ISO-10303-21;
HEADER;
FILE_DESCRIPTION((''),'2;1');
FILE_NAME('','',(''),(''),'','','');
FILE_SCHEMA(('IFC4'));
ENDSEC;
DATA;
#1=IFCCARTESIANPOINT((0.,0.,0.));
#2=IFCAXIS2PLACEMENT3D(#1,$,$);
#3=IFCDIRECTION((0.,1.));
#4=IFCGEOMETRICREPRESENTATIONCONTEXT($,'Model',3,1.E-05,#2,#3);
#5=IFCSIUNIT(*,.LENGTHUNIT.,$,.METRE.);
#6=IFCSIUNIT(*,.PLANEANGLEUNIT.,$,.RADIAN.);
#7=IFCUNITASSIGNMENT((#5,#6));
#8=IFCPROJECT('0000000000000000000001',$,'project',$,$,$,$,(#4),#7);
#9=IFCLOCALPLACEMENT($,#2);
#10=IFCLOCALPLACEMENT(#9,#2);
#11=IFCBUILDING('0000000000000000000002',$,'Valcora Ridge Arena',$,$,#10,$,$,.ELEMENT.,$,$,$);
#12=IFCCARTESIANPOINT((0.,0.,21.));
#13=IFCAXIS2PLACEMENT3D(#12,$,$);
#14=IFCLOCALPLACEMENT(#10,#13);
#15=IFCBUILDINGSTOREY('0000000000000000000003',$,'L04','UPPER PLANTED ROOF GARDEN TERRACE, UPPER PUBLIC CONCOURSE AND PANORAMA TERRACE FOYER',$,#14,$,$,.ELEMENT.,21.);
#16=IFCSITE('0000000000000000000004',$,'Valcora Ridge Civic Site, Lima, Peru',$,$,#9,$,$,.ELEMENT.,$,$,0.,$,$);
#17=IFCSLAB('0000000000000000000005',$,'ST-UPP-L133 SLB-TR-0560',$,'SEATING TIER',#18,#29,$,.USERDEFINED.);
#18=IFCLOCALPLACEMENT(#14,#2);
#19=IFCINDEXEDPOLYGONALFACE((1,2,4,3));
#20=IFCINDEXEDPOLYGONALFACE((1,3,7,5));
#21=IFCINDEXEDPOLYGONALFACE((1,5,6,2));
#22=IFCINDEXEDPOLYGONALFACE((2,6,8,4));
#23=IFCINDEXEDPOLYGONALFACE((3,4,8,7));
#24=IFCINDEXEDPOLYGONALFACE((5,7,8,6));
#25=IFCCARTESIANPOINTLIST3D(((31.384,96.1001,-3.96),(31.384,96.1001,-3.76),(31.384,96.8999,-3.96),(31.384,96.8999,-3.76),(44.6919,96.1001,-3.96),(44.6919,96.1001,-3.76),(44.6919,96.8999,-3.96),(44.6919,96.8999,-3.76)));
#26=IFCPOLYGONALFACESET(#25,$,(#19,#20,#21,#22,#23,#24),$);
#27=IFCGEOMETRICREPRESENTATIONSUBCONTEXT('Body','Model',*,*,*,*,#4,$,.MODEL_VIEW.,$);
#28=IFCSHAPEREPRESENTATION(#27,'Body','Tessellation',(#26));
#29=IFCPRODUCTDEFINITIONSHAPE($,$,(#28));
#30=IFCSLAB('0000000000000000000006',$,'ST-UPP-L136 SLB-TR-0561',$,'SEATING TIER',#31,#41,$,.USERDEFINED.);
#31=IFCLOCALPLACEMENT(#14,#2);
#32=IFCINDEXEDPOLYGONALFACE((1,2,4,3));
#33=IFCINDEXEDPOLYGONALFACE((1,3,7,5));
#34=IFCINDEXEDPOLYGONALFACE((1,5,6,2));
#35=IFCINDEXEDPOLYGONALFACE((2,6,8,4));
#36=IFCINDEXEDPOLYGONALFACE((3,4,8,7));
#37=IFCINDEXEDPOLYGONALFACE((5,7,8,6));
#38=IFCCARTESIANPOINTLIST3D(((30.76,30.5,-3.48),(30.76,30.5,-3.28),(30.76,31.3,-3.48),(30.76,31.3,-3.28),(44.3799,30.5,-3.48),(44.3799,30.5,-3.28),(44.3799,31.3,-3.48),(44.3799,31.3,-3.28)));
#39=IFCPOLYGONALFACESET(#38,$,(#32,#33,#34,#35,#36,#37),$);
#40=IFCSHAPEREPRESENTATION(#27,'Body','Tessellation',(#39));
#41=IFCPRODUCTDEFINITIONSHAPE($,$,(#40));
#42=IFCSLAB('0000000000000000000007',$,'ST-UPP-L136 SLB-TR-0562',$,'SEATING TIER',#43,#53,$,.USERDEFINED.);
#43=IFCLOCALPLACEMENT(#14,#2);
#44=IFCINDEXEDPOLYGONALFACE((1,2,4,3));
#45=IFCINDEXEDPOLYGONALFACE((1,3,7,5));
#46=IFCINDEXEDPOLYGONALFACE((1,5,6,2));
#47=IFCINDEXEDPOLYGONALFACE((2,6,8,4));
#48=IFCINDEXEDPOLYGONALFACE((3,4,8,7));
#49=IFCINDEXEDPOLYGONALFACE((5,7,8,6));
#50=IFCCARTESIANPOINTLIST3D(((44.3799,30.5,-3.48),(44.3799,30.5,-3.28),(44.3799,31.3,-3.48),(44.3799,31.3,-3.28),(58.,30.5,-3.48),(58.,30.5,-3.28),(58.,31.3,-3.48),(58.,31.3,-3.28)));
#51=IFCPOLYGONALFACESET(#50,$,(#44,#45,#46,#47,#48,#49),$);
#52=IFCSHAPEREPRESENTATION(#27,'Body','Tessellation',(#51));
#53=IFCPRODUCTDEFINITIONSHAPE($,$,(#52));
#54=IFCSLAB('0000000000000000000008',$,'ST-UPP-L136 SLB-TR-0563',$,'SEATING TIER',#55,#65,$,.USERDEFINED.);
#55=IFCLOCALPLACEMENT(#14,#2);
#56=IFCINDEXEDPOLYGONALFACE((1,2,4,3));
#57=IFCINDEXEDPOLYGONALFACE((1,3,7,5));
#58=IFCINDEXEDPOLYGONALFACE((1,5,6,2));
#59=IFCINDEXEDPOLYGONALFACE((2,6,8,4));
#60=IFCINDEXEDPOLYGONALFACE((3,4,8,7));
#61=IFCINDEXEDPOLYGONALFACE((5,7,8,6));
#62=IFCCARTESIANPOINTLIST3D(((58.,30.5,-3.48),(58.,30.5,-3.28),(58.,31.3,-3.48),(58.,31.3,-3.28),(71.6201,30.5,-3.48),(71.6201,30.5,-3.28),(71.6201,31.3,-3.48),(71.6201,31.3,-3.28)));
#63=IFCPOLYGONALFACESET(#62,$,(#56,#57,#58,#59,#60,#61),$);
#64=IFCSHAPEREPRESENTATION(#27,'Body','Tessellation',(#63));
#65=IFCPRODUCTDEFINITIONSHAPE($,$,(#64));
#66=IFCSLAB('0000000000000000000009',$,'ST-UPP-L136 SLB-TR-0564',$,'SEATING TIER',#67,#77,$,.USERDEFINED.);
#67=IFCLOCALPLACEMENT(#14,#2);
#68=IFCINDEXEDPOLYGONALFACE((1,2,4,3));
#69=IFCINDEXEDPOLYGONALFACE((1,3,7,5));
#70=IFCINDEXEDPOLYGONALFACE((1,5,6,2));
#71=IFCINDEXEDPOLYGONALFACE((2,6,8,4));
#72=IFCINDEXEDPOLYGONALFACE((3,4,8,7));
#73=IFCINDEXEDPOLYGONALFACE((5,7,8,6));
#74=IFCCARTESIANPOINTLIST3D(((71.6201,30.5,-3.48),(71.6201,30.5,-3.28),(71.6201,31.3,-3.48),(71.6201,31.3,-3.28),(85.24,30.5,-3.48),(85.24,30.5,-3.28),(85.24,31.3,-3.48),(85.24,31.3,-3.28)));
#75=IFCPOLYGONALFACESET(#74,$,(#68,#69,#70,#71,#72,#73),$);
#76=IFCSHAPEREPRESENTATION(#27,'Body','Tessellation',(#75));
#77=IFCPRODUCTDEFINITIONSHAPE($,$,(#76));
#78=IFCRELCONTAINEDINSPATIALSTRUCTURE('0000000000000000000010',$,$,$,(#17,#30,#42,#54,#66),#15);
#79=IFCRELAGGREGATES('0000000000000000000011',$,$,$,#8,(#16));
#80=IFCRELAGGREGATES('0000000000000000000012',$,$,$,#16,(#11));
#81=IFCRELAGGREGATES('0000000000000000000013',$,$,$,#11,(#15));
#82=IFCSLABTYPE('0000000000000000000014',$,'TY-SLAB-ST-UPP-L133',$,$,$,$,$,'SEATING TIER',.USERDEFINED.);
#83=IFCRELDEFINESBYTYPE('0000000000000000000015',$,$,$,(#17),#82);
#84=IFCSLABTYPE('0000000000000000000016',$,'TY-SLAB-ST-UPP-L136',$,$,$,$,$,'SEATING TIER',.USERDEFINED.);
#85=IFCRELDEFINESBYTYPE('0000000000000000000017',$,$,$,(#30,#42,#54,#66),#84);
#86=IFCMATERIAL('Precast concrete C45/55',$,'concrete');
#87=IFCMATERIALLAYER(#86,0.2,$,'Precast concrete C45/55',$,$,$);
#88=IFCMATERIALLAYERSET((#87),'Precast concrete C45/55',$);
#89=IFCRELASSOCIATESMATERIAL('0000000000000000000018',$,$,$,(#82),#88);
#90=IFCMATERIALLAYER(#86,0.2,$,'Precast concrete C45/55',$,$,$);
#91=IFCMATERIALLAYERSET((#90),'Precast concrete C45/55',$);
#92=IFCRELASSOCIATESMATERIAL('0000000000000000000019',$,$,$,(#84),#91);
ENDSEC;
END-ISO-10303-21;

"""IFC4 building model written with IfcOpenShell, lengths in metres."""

from ifc_helpers import new_model, si_unit, direction, frame, origin, place, context, subcontext, project, spatial, polyline, outline, extrude, material, layer, layer_set, type_object, element, save


model = new_model("IFC4")

# Units and contexts
model_context = context("Model", 3, precision=1e-05, world=origin(), true_north=direction((0.0, 1.0)))
body_context = subcontext(model_context, "Body", "Model", "MODEL_VIEW")
ifc_project = project(units=[si_unit("LENGTHUNIT", "METRE"), si_unit("PLANEANGLEUNIT", "RADIAN")], contexts=[model_context])

# Site, building, storey
site_placement = place(None, origin())
site = spatial("IfcSite", under=ifc_project, at=site_placement, Name="Valcora Ridge Civic Site, Lima, Peru", CompositionType="ELEMENT", RefElevation=0.0)
building_placement = place(site_placement, origin())
building = spatial("IfcBuilding", under=site, at=building_placement, Name="Valcora Ridge Arena", CompositionType="ELEMENT")
storey_placement = place(building_placement, frame((0.0, 0.0, 21.0)))
storey = spatial("IfcBuildingStorey", under=building, at=storey_placement, Name="L04", Description="UPPER PLANTED ROOF GARDEN TERRACE, UPPER PUBLIC CONCOURSE AND PANORAMA TERRACE FOYER", CompositionType="ELEMENT", Elevation=21.0)

# Slabs
ifc_material = material(Name="Precast concrete C45/55", Category="concrete")
ifc_layer_1 = layer(ifc_material, 0.2, Name="Precast concrete C45/55")
ifc_layer_set_1 = layer_set([ifc_layer_1], Name="Precast concrete C45/55")
slab_type_1 = type_object("IfcSlabType", Name="TY-SLAB-ST-UPP-L133", ElementType="SEATING TIER", PredefinedType="USERDEFINED", material=ifc_layer_set_1)
slab_1_placement = place(storey_placement, frame((0.0, 0.0, -3.96)))
element("IfcSlab", 1, at=slab_1_placement, inside=storey, type_object=slab_type_1, Name="ST-UPP-L133 SLB-TR-0560", ObjectType="SEATING TIER", PredefinedType="USERDEFINED", context=body_context, shape_type="SweptSolid", body=[
    extrude(outline(polyline([(44.6919, 96.1001), (31.384, 96.1001), (31.384, 96.8999), (44.6919, 96.8999), (44.6919, 96.1001)])), origin(), (0.0, 0.0, 1.0), 0.2),
])
ifc_layer_2 = layer(ifc_material, 0.2, Name="Precast concrete C45/55")
ifc_layer_set_2 = layer_set([ifc_layer_2], Name="Precast concrete C45/55")
slab_type_2 = type_object("IfcSlabType", Name="TY-SLAB-ST-UPP-L136", ElementType="SEATING TIER", PredefinedType="USERDEFINED", material=ifc_layer_set_2)
slab_2_placement = place(storey_placement, frame((0.0, 0.0, -3.48)))
element("IfcSlab", 2, at=slab_2_placement, inside=storey, type_object=slab_type_2, Name="ST-UPP-L136 SLB-TR-0561", ObjectType="SEATING TIER", PredefinedType="USERDEFINED", context=body_context, shape_type="SweptSolid", body=[
    extrude(outline(polyline([(30.76, 31.3), (44.3799, 31.3), (44.3799, 30.5), (30.76, 30.5), (30.76, 31.3)])), origin(), (0.0, 0.0, 1.0), 0.2),
])
slab_3_placement = place(storey_placement, frame((0.0, 0.0, -3.48)))
element("IfcSlab", 3, at=slab_3_placement, inside=storey, type_object=slab_type_2, Name="ST-UPP-L136 SLB-TR-0562", ObjectType="SEATING TIER", PredefinedType="USERDEFINED", context=body_context, shape_type="SweptSolid", body=[
    extrude(outline(polyline([(44.3799, 31.3), (58.0, 31.3), (58.0, 30.5), (44.3799, 30.5), (44.3799, 31.3)])), origin(), (0.0, 0.0, 1.0), 0.2),
])
slab_4_placement = place(storey_placement, frame((0.0, 0.0, -3.48)))
element("IfcSlab", 4, at=slab_4_placement, inside=storey, type_object=slab_type_2, Name="ST-UPP-L136 SLB-TR-0563", ObjectType="SEATING TIER", PredefinedType="USERDEFINED", context=body_context, shape_type="SweptSolid", body=[
    extrude(outline(polyline([(58.0, 31.3), (71.6201, 31.3), (71.6201, 30.5), (58.0, 30.5), (58.0, 31.3)])), origin(), (0.0, 0.0, 1.0), 0.2),
])
slab_5_placement = place(storey_placement, frame((0.0, 0.0, -3.48)))
element("IfcSlab", 5, at=slab_5_placement, inside=storey, type_object=slab_type_2, Name="ST-UPP-L136 SLB-TR-0564", ObjectType="SEATING TIER", PredefinedType="USERDEFINED", context=body_context, shape_type="SweptSolid", body=[
    extrude(outline(polyline([(71.6201, 31.3), (85.24, 31.3), (85.24, 30.5), (71.6201, 30.5), (71.6201, 31.3)])), origin(), (0.0, 0.0, 1.0), 0.2),
])

save(model, "model.ifc")
